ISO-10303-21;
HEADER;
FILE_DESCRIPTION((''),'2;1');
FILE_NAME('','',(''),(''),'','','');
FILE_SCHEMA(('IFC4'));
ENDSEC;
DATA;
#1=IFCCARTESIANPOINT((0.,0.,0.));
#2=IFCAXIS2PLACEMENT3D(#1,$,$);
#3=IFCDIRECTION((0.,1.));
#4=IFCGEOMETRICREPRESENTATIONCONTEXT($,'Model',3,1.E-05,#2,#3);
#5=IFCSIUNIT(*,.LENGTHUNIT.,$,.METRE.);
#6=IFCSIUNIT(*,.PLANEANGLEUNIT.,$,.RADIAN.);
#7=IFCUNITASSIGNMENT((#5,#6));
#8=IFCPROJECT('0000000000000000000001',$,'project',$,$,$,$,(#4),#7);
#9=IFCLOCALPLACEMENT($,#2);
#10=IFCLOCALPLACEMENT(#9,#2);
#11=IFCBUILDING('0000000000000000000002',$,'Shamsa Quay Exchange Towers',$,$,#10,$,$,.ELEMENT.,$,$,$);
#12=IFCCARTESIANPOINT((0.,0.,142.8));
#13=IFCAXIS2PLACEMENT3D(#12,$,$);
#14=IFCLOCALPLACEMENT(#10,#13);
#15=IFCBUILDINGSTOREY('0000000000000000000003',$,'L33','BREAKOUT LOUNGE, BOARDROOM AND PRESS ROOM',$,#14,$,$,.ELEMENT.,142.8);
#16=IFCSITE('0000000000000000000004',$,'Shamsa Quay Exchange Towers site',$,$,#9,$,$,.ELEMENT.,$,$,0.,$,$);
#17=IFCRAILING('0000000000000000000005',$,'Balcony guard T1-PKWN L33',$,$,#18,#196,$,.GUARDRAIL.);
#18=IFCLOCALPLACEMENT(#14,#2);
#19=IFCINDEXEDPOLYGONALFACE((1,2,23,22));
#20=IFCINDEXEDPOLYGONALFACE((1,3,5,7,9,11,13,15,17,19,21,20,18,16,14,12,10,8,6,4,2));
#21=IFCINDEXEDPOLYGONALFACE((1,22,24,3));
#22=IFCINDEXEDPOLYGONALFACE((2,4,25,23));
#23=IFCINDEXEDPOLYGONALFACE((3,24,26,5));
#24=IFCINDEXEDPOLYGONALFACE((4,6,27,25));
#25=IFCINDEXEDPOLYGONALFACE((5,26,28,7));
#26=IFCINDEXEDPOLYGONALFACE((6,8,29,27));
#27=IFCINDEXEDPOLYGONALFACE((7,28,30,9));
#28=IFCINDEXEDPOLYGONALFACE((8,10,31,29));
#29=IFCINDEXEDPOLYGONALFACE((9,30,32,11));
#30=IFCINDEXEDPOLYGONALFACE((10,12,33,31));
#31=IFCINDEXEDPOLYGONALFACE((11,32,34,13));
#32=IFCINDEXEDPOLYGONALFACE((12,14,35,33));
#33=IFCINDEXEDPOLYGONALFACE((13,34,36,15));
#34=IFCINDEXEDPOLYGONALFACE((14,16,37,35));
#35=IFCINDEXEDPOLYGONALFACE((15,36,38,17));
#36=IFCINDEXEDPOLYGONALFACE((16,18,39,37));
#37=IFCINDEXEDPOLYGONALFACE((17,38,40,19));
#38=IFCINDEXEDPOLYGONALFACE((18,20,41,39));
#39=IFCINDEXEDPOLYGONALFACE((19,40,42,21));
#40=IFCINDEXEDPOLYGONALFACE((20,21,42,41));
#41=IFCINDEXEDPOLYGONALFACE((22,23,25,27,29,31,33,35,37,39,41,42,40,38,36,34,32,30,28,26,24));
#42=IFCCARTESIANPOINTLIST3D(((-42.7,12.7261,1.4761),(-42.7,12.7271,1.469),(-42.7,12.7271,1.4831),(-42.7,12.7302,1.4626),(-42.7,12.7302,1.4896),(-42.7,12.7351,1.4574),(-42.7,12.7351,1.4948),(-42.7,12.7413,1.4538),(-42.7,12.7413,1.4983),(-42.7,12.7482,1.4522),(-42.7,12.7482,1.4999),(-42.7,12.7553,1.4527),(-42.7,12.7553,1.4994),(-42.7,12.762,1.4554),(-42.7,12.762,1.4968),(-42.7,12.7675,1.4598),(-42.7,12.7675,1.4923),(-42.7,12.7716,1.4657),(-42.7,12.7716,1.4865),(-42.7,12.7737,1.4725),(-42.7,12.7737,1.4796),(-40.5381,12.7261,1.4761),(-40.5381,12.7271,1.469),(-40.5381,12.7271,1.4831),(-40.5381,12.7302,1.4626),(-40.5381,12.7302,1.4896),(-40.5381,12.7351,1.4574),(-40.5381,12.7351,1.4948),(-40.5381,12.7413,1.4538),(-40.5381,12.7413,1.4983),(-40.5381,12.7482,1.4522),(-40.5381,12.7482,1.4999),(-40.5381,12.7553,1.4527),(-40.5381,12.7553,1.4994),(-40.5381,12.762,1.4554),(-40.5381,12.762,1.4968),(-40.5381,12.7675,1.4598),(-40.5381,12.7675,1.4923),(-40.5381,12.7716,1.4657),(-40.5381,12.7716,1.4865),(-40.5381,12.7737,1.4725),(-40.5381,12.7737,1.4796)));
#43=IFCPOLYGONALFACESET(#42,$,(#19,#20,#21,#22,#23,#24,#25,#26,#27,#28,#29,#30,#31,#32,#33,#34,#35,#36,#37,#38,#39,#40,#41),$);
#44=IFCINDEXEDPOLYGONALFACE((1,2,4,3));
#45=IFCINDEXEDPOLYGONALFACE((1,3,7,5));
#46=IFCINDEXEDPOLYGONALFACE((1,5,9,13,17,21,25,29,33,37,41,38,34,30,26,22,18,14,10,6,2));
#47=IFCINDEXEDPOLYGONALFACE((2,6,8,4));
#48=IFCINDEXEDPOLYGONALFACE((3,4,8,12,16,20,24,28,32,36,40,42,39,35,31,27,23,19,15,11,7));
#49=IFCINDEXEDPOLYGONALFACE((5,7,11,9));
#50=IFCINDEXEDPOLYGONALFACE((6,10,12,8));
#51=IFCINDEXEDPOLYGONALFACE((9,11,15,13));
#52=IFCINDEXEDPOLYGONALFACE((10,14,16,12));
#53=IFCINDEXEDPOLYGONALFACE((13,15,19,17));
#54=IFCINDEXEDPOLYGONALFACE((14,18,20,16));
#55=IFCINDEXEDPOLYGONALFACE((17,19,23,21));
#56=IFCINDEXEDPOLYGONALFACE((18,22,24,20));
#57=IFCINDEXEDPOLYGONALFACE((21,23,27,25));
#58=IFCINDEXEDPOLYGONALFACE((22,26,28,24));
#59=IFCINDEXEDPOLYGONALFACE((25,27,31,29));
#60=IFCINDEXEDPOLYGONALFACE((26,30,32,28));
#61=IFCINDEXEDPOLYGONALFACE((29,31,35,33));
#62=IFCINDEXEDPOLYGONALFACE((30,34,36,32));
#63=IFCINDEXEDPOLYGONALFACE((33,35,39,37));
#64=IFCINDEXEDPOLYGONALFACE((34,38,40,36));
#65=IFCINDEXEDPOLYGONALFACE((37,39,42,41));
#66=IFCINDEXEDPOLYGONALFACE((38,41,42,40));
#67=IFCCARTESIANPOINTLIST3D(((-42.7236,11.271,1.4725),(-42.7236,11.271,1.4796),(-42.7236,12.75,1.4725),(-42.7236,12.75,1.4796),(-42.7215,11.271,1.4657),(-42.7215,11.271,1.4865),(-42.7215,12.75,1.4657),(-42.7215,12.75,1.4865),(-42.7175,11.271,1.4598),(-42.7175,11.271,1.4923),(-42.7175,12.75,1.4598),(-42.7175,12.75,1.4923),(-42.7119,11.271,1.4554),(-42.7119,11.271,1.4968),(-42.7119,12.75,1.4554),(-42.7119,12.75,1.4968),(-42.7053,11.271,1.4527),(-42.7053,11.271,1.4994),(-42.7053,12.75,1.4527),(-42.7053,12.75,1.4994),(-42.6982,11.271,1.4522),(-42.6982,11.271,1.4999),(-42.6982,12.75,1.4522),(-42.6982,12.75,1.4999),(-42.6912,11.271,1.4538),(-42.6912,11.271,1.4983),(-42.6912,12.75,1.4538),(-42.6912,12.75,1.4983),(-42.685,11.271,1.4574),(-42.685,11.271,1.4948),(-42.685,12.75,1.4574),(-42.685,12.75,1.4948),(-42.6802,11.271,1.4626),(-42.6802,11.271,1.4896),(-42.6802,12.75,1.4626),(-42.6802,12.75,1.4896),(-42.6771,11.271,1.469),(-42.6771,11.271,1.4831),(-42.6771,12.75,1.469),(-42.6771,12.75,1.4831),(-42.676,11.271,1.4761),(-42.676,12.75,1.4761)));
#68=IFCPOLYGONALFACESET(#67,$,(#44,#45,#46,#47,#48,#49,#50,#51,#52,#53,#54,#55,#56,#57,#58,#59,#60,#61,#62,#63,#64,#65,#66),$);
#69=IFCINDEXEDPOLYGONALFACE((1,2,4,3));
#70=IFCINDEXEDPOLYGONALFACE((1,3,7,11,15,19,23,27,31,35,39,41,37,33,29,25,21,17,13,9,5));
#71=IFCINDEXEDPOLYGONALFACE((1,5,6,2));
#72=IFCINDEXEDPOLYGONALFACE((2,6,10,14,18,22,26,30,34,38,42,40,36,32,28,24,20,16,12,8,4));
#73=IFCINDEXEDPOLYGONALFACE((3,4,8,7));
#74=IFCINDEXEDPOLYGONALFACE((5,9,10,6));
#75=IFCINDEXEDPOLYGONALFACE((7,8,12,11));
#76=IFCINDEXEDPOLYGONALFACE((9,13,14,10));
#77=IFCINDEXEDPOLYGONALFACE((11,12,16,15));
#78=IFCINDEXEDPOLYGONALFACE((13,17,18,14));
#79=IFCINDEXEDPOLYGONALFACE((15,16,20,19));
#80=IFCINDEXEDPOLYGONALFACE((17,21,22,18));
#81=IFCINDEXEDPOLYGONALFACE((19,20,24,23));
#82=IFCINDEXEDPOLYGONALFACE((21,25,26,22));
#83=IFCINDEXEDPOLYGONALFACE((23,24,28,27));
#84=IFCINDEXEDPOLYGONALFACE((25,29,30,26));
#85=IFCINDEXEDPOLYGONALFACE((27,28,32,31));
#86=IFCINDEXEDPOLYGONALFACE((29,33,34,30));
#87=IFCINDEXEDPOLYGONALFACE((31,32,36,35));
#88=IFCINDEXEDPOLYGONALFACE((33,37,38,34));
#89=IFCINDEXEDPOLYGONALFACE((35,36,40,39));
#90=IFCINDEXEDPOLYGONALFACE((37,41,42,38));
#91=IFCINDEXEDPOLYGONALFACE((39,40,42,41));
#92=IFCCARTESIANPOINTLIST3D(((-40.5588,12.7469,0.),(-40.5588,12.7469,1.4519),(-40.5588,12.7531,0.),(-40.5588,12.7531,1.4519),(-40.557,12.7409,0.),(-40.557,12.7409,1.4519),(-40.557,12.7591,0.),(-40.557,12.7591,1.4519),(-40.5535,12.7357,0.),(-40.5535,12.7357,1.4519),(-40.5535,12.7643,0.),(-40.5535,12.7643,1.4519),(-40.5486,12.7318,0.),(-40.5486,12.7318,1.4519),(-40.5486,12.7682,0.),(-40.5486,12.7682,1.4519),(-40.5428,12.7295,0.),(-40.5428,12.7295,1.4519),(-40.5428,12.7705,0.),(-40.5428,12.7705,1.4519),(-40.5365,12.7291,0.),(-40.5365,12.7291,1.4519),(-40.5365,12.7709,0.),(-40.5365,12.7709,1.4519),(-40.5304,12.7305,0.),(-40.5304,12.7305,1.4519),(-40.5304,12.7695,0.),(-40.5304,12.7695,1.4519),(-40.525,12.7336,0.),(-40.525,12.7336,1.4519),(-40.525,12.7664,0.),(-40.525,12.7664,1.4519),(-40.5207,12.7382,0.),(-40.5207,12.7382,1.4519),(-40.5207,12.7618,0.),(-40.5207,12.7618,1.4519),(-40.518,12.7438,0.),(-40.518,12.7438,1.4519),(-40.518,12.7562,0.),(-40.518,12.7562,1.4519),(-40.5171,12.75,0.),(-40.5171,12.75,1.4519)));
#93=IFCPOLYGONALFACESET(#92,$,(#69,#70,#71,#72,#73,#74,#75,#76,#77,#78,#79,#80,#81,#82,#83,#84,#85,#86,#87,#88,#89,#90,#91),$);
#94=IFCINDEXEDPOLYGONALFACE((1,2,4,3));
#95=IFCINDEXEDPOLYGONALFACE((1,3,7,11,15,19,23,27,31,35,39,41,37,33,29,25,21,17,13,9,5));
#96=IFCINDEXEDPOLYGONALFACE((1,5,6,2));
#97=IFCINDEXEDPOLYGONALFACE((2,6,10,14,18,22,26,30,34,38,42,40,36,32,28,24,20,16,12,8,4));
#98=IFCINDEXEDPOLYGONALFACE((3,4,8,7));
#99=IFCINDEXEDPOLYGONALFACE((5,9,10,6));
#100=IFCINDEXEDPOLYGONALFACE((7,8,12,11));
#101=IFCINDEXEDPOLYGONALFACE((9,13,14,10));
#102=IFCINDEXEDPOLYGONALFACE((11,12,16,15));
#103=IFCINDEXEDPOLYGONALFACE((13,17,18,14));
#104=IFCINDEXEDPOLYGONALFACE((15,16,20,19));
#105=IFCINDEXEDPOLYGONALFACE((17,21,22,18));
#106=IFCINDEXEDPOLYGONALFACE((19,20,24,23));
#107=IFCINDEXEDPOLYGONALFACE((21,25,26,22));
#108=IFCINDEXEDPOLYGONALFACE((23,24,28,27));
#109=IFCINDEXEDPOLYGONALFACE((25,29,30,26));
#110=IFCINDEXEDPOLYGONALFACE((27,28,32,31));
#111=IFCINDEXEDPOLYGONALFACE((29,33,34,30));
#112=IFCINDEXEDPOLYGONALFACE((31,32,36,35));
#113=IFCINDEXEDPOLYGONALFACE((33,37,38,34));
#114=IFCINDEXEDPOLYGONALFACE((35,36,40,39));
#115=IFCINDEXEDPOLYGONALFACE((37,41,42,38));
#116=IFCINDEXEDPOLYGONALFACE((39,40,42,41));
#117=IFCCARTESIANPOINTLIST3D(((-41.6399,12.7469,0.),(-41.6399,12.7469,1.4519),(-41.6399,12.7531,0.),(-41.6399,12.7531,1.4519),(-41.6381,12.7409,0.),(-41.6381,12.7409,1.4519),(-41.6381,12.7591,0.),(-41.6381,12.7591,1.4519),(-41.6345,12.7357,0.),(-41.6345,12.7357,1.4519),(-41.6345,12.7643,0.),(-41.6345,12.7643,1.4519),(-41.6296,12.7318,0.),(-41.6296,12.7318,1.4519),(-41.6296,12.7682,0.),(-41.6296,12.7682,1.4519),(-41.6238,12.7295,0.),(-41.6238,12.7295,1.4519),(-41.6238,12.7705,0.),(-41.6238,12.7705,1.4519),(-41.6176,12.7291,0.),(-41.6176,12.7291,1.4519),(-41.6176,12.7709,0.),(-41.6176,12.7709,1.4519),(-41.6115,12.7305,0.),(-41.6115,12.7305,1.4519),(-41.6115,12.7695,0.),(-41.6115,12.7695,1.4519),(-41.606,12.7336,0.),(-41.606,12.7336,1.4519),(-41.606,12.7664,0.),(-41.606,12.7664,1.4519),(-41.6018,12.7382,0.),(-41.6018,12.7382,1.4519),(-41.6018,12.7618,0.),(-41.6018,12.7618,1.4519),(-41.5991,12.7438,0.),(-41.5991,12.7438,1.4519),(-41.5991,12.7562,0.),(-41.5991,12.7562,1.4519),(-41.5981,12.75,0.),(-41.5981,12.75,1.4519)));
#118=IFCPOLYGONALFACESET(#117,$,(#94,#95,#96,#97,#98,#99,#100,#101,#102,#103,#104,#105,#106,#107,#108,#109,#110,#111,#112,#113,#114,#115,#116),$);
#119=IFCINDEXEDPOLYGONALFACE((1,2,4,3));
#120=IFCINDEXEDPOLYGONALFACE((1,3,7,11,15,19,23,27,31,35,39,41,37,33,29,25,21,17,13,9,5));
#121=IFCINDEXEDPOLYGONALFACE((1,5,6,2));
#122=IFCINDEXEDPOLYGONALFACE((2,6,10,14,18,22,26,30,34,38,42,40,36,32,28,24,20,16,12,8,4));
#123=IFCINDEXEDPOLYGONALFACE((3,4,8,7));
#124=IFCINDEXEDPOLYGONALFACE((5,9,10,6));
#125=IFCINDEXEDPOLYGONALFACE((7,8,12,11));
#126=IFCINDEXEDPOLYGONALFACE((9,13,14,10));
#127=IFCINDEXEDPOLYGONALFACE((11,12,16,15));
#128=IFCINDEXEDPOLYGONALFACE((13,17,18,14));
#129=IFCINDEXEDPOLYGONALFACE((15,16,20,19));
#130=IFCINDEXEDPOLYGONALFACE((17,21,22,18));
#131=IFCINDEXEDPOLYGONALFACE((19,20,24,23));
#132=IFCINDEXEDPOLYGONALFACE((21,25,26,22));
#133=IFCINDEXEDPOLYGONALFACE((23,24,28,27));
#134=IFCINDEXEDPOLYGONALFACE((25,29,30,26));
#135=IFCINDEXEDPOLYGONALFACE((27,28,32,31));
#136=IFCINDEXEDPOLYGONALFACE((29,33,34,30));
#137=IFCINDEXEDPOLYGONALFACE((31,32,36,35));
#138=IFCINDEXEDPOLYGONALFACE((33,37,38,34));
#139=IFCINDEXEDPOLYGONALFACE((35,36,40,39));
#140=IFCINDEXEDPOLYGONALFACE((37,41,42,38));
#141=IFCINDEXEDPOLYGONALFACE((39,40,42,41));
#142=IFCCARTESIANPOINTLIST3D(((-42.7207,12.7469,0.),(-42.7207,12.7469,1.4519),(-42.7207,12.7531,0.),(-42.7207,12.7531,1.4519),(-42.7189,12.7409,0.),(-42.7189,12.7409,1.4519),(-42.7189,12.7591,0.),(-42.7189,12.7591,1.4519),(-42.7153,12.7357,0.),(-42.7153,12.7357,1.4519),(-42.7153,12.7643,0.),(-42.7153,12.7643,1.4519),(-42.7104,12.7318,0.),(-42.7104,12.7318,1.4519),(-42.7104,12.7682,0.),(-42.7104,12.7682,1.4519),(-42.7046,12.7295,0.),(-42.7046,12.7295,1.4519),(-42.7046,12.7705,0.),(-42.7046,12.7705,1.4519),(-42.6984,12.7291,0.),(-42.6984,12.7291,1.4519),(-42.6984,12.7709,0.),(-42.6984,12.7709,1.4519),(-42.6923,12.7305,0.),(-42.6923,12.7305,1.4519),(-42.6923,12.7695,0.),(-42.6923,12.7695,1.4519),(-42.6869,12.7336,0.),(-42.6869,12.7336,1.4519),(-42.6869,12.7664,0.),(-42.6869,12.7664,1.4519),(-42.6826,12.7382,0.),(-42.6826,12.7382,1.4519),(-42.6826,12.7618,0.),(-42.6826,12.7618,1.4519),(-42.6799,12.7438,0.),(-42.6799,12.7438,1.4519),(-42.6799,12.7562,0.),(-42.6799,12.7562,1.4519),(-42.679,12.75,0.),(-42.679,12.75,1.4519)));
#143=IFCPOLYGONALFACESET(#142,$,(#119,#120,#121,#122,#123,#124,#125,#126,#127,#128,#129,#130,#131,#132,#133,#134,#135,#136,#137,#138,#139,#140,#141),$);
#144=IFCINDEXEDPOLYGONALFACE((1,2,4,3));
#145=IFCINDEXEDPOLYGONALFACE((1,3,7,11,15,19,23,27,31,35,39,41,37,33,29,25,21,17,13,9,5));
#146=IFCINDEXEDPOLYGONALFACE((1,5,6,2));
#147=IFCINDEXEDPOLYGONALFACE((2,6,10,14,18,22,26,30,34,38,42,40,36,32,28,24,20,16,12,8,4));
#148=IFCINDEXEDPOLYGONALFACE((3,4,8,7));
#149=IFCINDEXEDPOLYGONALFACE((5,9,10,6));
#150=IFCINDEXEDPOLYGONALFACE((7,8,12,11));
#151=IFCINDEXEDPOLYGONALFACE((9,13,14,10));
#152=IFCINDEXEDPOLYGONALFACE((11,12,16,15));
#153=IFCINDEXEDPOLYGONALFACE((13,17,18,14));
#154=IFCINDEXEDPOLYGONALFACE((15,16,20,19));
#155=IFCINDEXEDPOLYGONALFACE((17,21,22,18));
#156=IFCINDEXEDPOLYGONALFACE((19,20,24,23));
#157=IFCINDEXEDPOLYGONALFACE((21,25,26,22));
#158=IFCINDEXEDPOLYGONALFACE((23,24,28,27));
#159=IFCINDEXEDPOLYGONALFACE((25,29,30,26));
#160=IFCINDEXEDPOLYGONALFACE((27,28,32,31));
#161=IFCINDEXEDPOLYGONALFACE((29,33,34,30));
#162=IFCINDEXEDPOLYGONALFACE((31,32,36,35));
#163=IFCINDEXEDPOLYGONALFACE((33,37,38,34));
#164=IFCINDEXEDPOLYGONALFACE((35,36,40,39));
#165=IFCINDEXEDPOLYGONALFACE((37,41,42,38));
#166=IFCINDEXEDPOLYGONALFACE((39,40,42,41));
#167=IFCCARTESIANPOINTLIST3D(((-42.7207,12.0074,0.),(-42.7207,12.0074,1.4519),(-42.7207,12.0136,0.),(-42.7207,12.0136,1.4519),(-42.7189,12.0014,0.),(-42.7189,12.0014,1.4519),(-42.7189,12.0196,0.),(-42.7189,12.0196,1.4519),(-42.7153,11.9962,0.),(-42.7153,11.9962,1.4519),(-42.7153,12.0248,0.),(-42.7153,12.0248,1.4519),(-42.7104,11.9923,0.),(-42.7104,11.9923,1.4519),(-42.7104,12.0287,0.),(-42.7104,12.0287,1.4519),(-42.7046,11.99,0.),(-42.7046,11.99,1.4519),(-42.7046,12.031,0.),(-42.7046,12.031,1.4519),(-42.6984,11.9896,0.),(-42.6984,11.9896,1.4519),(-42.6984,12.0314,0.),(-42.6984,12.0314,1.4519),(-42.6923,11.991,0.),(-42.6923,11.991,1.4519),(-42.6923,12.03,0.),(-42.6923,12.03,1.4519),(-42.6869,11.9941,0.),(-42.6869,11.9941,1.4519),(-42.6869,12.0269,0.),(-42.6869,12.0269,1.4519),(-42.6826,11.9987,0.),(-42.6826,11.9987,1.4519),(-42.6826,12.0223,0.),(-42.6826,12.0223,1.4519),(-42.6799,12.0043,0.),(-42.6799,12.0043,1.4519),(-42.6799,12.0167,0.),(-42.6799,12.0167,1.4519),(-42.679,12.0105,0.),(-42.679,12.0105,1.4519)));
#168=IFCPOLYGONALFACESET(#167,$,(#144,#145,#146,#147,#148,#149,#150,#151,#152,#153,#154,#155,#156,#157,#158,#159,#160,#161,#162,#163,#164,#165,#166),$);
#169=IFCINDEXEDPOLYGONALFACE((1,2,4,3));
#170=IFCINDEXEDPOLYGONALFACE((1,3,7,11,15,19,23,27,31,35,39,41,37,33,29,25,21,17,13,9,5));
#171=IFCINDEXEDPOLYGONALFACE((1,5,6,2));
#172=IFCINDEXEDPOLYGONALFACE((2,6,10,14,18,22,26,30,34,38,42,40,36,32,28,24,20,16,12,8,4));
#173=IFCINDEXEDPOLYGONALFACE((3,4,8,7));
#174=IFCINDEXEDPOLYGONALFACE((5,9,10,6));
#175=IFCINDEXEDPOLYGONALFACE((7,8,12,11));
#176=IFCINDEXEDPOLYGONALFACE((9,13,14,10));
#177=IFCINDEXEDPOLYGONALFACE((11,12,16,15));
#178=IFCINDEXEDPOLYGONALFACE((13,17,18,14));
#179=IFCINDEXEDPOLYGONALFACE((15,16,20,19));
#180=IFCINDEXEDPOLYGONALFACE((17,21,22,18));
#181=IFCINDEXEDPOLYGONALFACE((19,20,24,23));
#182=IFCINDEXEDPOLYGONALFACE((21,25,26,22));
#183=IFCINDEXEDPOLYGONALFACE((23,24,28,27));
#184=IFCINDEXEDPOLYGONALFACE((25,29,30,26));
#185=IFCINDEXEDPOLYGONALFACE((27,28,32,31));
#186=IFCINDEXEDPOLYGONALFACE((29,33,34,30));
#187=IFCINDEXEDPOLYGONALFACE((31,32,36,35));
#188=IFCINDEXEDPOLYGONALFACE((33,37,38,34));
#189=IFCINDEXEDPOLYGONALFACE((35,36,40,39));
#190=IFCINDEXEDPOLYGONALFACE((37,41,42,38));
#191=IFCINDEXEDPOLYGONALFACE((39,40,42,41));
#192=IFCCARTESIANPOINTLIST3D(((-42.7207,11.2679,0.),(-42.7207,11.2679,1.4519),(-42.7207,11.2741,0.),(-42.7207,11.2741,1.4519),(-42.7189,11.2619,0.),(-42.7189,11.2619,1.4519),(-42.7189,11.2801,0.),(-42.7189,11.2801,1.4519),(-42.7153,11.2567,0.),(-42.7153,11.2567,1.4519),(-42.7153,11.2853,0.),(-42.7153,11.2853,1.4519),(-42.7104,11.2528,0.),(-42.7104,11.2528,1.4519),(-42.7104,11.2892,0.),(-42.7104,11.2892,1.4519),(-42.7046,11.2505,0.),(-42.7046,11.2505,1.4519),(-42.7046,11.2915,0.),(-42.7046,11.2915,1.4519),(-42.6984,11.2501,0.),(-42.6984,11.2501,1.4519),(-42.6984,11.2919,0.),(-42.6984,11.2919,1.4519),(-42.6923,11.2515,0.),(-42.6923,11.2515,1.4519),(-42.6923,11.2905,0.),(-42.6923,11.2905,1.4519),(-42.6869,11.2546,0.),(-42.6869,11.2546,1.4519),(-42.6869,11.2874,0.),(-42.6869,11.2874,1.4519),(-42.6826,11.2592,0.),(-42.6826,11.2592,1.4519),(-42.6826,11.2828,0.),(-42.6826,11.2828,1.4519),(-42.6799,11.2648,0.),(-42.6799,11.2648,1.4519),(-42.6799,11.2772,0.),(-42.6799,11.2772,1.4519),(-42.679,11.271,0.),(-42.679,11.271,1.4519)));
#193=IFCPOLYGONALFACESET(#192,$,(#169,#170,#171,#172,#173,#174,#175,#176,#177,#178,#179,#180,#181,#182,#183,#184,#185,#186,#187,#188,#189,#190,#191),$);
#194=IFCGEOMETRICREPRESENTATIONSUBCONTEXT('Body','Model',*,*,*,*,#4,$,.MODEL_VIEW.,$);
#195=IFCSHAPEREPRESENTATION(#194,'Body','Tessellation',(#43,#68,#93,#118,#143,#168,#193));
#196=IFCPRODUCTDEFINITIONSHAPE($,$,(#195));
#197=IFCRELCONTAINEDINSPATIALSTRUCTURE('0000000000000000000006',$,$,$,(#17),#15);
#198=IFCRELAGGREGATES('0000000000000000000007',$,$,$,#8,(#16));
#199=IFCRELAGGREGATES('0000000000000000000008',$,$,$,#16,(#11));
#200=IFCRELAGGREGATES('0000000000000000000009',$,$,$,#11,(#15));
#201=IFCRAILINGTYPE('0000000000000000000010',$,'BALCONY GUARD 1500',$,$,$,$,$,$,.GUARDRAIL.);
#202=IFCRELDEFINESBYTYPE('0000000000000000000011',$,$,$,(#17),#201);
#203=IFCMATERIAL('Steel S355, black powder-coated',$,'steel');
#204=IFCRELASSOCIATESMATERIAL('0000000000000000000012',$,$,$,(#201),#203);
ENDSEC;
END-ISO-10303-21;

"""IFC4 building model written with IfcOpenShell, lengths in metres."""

from ifc_helpers import new_model, si_unit, direction, frame, origin, origin_2d, place, context, subcontext, project, spatial, circle, extrude, material, type_object, element, save


model = new_model("IFC4")

# Units and contexts
model_context = context("Model", 3, precision=1e-05, world=origin(), true_north=direction((0.0, 1.0)))
body_context = subcontext(model_context, "Body", "Model", "MODEL_VIEW")
ifc_project = project(units=[si_unit("LENGTHUNIT", "METRE"), si_unit("PLANEANGLEUNIT", "RADIAN")], contexts=[model_context])

# Site, building, storey
site_placement = place(None, origin())
site = spatial("IfcSite", under=ifc_project, at=site_placement, Name="Shamsa Quay Exchange Towers site", CompositionType="ELEMENT", RefElevation=0.0)
building_placement = place(site_placement, origin())
building = spatial("IfcBuilding", under=site, at=building_placement, Name="Shamsa Quay Exchange Towers", CompositionType="ELEMENT")
storey_placement = place(building_placement, frame((0.0, 0.0, 142.8)))
storey = spatial("IfcBuildingStorey", under=building, at=storey_placement, Name="L33", Description="BREAKOUT LOUNGE, BOARDROOM AND PRESS ROOM", CompositionType="ELEMENT", Elevation=142.8)

# Railing
ifc_material_1 = material(Name="Steel S355, black powder-coated", Category="steel")
railing_type_1 = type_object("IfcRailingType", Name="BALCONY GUARD 1500", PredefinedType="GUARDRAIL", material=ifc_material_1)
for number, where, name in (
    (1, (-40.5381, 12.75, 0.0), "Balcony guard T1-PKWN L33"),
):
    element("IfcRailing", number, at=place(storey_placement, frame(where)), inside=storey, type_object=railing_type_1, Name=name, PredefinedType="GUARDRAIL", context=body_context, shape_type="SweptSolid", body=[
        extrude(circle(Radius=0.0239, at=origin_2d()), frame((0.0, 0.0, 1.4761), z_axis=(-1.0, 0.0, 0.0), x_axis=(0.0, -1.0, 0.0)), (0.0, 0.0, 1.0), 2.1619),
        extrude(circle(Radius=0.0239, at=origin_2d()), frame((-2.1619, 0.0, 1.4761), z_axis=(0.0, -1.0, 0.0), x_axis=(1.0, 0.0, 0.0)), (0.0, 0.0, 1.0), 1.479),
        extrude(circle(Radius=0.021, at=origin_2d()), origin(), (0.0, 0.0, 1.0), 1.4519),
        extrude(circle(Radius=0.021, at=origin_2d()), frame((-1.0811, 0.0, 0.0)), (0.0, 0.0, 1.0), 1.4519),
        extrude(circle(Radius=0.021, at=origin_2d()), frame((-2.1619, 0.0, 0.0)), (0.0, 0.0, 1.0), 1.4519),
        extrude(circle(Radius=0.021, at=origin_2d()), frame((-2.1619, -0.7395, 0.0)), (0.0, 0.0, 1.0), 1.4519),
        extrude(circle(Radius=0.021, at=origin_2d()), frame((-2.1619, -1.479, 0.0)), (0.0, 0.0, 1.0), 1.4519),
    ])

save(model, "model.ifc")
